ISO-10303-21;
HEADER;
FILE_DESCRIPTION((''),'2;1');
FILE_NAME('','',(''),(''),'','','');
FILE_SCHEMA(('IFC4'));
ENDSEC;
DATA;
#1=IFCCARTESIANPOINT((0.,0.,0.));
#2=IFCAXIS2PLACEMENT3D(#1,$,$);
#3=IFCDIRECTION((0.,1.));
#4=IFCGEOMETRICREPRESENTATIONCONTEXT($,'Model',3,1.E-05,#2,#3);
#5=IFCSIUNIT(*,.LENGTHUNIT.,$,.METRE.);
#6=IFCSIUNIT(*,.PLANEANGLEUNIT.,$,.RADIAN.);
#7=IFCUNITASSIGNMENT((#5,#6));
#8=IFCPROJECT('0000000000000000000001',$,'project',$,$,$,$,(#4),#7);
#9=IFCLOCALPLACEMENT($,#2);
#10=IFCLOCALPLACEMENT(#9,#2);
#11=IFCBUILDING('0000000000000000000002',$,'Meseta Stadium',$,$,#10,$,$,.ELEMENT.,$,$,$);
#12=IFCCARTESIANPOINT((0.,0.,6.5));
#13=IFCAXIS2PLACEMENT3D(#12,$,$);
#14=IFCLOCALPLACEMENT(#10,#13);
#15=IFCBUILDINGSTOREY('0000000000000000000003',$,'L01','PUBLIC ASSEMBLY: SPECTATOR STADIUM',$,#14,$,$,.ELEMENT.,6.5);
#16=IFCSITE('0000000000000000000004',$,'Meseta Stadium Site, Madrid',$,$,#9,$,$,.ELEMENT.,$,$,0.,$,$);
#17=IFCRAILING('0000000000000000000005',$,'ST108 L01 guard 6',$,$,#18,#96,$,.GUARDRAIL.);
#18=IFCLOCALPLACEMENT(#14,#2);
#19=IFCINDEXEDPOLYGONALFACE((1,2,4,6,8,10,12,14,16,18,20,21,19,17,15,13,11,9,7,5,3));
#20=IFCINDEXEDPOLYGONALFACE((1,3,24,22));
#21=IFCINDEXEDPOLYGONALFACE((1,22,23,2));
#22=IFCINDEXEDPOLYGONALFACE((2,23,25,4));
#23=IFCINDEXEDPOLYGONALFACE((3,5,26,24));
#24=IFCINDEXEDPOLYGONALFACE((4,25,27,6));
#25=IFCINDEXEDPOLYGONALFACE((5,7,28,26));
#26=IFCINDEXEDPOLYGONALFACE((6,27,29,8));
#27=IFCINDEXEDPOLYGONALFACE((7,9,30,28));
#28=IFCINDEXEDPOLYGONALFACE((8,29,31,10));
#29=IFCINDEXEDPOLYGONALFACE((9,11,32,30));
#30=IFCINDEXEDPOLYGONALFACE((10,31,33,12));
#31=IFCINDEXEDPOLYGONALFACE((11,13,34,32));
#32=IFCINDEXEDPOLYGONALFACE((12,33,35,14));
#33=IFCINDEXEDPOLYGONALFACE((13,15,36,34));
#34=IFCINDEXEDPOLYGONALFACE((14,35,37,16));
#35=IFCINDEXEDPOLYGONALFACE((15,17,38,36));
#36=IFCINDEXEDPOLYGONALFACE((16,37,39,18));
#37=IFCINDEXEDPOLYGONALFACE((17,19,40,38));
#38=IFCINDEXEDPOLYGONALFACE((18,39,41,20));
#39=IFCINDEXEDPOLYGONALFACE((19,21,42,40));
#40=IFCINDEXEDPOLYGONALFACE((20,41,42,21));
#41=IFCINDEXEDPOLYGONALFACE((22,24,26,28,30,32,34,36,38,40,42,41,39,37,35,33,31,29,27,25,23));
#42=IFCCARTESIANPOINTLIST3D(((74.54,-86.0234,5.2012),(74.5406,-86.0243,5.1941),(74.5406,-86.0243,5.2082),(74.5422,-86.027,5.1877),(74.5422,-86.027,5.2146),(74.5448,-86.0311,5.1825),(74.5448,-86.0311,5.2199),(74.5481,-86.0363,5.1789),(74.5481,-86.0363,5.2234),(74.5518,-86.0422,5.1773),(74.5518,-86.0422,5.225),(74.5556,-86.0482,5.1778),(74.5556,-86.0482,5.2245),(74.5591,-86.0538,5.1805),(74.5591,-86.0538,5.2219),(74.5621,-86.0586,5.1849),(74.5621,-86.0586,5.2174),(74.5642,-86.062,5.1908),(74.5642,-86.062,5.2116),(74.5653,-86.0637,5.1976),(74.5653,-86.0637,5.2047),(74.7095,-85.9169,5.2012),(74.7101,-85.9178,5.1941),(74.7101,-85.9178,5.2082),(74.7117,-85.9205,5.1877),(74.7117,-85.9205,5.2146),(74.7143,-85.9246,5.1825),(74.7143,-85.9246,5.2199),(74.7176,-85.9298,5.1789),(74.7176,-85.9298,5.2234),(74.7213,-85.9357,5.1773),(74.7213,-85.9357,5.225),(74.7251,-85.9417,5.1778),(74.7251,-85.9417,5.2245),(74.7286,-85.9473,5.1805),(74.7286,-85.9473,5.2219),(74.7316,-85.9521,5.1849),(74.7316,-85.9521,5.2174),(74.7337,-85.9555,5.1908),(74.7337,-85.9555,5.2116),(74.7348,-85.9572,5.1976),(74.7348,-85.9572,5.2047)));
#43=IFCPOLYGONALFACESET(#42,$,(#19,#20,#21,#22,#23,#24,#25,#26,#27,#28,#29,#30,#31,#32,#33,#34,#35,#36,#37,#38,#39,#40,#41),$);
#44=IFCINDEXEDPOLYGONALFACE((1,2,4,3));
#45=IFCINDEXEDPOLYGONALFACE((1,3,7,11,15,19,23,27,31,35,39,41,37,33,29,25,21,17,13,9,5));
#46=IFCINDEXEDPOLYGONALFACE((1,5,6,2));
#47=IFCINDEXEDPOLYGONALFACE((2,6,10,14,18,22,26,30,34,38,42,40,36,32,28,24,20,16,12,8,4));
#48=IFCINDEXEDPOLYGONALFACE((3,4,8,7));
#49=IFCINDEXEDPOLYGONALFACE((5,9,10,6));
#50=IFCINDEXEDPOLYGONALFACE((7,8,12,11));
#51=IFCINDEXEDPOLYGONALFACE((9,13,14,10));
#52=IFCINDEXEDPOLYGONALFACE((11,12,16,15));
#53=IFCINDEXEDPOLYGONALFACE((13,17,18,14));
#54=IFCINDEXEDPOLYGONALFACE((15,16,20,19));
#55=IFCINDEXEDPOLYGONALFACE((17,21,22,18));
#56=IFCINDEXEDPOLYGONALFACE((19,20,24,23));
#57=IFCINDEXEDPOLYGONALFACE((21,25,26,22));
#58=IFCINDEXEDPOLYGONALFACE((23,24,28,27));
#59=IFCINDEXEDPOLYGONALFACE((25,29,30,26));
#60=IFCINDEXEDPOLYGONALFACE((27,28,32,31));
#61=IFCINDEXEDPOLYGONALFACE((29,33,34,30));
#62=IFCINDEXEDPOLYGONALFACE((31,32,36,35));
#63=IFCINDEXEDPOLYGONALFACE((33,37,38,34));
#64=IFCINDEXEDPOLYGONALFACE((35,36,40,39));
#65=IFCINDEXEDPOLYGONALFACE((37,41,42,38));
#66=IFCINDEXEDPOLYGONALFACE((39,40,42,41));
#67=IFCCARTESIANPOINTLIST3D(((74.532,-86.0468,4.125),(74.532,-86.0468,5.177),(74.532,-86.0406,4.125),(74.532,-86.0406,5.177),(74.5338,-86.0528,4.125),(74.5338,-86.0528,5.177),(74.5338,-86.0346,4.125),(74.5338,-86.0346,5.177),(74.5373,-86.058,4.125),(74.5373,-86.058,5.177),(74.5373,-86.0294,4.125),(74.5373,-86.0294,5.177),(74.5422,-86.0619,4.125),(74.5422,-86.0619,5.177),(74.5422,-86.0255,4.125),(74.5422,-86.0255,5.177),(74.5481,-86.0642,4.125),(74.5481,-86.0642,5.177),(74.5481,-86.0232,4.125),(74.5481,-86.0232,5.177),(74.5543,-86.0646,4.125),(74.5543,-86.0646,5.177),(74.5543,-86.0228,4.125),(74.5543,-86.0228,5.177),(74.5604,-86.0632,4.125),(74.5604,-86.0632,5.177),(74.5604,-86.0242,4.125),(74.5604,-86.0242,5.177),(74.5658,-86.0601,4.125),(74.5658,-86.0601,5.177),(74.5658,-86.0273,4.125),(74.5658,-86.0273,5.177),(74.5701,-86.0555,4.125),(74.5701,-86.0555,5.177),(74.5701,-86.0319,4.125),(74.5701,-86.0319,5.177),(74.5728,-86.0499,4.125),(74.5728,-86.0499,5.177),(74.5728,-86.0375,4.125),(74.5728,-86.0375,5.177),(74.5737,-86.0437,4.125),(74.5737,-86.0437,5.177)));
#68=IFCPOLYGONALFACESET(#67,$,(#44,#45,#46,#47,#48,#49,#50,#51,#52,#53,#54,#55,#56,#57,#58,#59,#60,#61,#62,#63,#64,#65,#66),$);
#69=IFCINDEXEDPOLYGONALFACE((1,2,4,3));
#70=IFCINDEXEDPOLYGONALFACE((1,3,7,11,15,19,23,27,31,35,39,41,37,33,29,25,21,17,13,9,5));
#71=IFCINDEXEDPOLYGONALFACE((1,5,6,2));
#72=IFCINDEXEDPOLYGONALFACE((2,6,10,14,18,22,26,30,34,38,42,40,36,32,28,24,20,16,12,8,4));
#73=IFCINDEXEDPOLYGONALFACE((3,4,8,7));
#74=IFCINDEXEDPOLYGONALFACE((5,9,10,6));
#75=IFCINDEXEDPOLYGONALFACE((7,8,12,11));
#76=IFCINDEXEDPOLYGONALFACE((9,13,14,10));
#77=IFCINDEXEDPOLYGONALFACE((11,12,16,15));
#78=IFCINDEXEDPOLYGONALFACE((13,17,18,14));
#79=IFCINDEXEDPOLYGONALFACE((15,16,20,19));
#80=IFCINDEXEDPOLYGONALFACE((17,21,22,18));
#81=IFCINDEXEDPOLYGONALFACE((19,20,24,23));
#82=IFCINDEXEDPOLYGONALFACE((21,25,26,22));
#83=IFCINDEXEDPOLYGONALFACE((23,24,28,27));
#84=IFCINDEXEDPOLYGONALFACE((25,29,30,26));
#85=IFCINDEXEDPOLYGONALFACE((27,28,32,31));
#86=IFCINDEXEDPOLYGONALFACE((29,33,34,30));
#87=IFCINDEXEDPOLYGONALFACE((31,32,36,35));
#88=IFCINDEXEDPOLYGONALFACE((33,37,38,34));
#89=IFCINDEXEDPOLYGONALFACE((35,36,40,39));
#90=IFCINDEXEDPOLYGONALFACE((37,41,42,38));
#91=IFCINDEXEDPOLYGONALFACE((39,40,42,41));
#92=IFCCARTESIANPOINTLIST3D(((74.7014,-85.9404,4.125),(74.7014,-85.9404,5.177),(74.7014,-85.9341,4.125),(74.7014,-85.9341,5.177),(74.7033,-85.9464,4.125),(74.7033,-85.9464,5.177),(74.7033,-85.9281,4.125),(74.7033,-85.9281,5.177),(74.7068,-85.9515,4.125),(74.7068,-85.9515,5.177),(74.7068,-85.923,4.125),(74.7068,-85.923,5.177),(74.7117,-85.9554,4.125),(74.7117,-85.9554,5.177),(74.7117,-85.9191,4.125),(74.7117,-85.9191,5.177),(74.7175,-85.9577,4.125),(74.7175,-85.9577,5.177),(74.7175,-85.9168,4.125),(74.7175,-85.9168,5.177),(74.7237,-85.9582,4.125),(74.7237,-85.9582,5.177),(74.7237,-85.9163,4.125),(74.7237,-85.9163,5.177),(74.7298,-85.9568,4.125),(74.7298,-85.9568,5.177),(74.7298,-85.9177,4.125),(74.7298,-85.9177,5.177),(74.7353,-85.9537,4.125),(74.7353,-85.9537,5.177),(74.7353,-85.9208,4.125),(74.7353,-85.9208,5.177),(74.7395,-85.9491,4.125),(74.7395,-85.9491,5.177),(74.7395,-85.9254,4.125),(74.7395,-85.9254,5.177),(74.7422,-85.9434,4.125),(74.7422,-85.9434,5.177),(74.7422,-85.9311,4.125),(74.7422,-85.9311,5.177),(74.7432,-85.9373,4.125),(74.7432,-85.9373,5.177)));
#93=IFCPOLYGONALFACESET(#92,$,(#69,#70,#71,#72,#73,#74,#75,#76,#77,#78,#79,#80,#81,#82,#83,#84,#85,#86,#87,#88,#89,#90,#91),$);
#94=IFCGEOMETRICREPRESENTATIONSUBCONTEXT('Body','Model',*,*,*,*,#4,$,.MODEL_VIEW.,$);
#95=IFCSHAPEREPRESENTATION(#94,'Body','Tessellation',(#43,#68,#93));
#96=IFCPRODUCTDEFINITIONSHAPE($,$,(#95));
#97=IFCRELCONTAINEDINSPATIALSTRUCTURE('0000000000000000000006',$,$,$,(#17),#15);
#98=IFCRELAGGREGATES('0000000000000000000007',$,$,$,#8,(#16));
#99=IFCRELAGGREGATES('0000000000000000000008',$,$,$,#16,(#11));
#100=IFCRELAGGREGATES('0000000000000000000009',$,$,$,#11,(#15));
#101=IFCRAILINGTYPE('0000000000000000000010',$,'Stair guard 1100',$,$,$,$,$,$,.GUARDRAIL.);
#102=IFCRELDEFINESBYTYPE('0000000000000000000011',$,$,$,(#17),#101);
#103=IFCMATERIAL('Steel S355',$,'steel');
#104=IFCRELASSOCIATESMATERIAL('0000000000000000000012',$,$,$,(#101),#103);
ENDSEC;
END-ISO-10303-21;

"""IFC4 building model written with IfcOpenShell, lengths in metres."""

from ifc_helpers import new_model, si_unit, direction, frame, origin, origin_2d, place, context, subcontext, project, spatial, circle, extrude, material, type_object, element, save


model = new_model("IFC4")

# Units and contexts
model_context = context("Model", 3, precision=1e-05, world=origin(), true_north=direction((0.0, 1.0)))
body_context = subcontext(model_context, "Body", "Model", "MODEL_VIEW")
ifc_project = project(units=[si_unit("LENGTHUNIT", "METRE"), si_unit("PLANEANGLEUNIT", "RADIAN")], contexts=[model_context])

# Site, building, storey
site_placement = place(None, origin())
site = spatial("IfcSite", under=ifc_project, at=site_placement, Name="Meseta Stadium Site, Madrid", CompositionType="ELEMENT", RefElevation=0.0)
building_placement = place(site_placement, origin())
building = spatial("IfcBuilding", under=site, at=building_placement, Name="Meseta Stadium", CompositionType="ELEMENT")
storey_placement = place(building_placement, frame((0.0, 0.0, 6.5)))
storey = spatial("IfcBuildingStorey", under=building, at=storey_placement, Name="L01", Description="PUBLIC ASSEMBLY: SPECTATOR STADIUM", CompositionType="ELEMENT", Elevation=6.5)

# Railing
ifc_material_1 = material(Name="Steel S355", Category="steel")
railing_type_1 = type_object("IfcRailingType", Name="Stair guard 1100", PredefinedType="GUARDRAIL", material=ifc_material_1)
railing_1_placement = place(storey_placement, frame((74.5527, -86.0437, 4.125)))
element("IfcRailing", 1, at=railing_1_placement, inside=storey, type_object=railing_type_1, Name="ST108 L01 guard 6", PredefinedType="GUARDRAIL", context=body_context, shape_type="SweptSolid", body=[
    extrude(circle(Radius=0.0239, at=origin_2d()), frame((0.0, 0.0, 1.0762), z_axis=(0.846762, 0.531972, 0.0), x_axis=(-0.531972, 0.846762, 0.0)), (0.0, 0.0, 1.0), 0.2002),
    extrude(circle(Radius=0.021, at=origin_2d()), origin(), (0.0, 0.0, 1.0), 1.052),
    extrude(circle(Radius=0.021, at=origin_2d()), frame((0.1694, 0.1064, 0.0)), (0.0, 0.0, 1.0), 1.052),
])

save(model, "model.ifc")
